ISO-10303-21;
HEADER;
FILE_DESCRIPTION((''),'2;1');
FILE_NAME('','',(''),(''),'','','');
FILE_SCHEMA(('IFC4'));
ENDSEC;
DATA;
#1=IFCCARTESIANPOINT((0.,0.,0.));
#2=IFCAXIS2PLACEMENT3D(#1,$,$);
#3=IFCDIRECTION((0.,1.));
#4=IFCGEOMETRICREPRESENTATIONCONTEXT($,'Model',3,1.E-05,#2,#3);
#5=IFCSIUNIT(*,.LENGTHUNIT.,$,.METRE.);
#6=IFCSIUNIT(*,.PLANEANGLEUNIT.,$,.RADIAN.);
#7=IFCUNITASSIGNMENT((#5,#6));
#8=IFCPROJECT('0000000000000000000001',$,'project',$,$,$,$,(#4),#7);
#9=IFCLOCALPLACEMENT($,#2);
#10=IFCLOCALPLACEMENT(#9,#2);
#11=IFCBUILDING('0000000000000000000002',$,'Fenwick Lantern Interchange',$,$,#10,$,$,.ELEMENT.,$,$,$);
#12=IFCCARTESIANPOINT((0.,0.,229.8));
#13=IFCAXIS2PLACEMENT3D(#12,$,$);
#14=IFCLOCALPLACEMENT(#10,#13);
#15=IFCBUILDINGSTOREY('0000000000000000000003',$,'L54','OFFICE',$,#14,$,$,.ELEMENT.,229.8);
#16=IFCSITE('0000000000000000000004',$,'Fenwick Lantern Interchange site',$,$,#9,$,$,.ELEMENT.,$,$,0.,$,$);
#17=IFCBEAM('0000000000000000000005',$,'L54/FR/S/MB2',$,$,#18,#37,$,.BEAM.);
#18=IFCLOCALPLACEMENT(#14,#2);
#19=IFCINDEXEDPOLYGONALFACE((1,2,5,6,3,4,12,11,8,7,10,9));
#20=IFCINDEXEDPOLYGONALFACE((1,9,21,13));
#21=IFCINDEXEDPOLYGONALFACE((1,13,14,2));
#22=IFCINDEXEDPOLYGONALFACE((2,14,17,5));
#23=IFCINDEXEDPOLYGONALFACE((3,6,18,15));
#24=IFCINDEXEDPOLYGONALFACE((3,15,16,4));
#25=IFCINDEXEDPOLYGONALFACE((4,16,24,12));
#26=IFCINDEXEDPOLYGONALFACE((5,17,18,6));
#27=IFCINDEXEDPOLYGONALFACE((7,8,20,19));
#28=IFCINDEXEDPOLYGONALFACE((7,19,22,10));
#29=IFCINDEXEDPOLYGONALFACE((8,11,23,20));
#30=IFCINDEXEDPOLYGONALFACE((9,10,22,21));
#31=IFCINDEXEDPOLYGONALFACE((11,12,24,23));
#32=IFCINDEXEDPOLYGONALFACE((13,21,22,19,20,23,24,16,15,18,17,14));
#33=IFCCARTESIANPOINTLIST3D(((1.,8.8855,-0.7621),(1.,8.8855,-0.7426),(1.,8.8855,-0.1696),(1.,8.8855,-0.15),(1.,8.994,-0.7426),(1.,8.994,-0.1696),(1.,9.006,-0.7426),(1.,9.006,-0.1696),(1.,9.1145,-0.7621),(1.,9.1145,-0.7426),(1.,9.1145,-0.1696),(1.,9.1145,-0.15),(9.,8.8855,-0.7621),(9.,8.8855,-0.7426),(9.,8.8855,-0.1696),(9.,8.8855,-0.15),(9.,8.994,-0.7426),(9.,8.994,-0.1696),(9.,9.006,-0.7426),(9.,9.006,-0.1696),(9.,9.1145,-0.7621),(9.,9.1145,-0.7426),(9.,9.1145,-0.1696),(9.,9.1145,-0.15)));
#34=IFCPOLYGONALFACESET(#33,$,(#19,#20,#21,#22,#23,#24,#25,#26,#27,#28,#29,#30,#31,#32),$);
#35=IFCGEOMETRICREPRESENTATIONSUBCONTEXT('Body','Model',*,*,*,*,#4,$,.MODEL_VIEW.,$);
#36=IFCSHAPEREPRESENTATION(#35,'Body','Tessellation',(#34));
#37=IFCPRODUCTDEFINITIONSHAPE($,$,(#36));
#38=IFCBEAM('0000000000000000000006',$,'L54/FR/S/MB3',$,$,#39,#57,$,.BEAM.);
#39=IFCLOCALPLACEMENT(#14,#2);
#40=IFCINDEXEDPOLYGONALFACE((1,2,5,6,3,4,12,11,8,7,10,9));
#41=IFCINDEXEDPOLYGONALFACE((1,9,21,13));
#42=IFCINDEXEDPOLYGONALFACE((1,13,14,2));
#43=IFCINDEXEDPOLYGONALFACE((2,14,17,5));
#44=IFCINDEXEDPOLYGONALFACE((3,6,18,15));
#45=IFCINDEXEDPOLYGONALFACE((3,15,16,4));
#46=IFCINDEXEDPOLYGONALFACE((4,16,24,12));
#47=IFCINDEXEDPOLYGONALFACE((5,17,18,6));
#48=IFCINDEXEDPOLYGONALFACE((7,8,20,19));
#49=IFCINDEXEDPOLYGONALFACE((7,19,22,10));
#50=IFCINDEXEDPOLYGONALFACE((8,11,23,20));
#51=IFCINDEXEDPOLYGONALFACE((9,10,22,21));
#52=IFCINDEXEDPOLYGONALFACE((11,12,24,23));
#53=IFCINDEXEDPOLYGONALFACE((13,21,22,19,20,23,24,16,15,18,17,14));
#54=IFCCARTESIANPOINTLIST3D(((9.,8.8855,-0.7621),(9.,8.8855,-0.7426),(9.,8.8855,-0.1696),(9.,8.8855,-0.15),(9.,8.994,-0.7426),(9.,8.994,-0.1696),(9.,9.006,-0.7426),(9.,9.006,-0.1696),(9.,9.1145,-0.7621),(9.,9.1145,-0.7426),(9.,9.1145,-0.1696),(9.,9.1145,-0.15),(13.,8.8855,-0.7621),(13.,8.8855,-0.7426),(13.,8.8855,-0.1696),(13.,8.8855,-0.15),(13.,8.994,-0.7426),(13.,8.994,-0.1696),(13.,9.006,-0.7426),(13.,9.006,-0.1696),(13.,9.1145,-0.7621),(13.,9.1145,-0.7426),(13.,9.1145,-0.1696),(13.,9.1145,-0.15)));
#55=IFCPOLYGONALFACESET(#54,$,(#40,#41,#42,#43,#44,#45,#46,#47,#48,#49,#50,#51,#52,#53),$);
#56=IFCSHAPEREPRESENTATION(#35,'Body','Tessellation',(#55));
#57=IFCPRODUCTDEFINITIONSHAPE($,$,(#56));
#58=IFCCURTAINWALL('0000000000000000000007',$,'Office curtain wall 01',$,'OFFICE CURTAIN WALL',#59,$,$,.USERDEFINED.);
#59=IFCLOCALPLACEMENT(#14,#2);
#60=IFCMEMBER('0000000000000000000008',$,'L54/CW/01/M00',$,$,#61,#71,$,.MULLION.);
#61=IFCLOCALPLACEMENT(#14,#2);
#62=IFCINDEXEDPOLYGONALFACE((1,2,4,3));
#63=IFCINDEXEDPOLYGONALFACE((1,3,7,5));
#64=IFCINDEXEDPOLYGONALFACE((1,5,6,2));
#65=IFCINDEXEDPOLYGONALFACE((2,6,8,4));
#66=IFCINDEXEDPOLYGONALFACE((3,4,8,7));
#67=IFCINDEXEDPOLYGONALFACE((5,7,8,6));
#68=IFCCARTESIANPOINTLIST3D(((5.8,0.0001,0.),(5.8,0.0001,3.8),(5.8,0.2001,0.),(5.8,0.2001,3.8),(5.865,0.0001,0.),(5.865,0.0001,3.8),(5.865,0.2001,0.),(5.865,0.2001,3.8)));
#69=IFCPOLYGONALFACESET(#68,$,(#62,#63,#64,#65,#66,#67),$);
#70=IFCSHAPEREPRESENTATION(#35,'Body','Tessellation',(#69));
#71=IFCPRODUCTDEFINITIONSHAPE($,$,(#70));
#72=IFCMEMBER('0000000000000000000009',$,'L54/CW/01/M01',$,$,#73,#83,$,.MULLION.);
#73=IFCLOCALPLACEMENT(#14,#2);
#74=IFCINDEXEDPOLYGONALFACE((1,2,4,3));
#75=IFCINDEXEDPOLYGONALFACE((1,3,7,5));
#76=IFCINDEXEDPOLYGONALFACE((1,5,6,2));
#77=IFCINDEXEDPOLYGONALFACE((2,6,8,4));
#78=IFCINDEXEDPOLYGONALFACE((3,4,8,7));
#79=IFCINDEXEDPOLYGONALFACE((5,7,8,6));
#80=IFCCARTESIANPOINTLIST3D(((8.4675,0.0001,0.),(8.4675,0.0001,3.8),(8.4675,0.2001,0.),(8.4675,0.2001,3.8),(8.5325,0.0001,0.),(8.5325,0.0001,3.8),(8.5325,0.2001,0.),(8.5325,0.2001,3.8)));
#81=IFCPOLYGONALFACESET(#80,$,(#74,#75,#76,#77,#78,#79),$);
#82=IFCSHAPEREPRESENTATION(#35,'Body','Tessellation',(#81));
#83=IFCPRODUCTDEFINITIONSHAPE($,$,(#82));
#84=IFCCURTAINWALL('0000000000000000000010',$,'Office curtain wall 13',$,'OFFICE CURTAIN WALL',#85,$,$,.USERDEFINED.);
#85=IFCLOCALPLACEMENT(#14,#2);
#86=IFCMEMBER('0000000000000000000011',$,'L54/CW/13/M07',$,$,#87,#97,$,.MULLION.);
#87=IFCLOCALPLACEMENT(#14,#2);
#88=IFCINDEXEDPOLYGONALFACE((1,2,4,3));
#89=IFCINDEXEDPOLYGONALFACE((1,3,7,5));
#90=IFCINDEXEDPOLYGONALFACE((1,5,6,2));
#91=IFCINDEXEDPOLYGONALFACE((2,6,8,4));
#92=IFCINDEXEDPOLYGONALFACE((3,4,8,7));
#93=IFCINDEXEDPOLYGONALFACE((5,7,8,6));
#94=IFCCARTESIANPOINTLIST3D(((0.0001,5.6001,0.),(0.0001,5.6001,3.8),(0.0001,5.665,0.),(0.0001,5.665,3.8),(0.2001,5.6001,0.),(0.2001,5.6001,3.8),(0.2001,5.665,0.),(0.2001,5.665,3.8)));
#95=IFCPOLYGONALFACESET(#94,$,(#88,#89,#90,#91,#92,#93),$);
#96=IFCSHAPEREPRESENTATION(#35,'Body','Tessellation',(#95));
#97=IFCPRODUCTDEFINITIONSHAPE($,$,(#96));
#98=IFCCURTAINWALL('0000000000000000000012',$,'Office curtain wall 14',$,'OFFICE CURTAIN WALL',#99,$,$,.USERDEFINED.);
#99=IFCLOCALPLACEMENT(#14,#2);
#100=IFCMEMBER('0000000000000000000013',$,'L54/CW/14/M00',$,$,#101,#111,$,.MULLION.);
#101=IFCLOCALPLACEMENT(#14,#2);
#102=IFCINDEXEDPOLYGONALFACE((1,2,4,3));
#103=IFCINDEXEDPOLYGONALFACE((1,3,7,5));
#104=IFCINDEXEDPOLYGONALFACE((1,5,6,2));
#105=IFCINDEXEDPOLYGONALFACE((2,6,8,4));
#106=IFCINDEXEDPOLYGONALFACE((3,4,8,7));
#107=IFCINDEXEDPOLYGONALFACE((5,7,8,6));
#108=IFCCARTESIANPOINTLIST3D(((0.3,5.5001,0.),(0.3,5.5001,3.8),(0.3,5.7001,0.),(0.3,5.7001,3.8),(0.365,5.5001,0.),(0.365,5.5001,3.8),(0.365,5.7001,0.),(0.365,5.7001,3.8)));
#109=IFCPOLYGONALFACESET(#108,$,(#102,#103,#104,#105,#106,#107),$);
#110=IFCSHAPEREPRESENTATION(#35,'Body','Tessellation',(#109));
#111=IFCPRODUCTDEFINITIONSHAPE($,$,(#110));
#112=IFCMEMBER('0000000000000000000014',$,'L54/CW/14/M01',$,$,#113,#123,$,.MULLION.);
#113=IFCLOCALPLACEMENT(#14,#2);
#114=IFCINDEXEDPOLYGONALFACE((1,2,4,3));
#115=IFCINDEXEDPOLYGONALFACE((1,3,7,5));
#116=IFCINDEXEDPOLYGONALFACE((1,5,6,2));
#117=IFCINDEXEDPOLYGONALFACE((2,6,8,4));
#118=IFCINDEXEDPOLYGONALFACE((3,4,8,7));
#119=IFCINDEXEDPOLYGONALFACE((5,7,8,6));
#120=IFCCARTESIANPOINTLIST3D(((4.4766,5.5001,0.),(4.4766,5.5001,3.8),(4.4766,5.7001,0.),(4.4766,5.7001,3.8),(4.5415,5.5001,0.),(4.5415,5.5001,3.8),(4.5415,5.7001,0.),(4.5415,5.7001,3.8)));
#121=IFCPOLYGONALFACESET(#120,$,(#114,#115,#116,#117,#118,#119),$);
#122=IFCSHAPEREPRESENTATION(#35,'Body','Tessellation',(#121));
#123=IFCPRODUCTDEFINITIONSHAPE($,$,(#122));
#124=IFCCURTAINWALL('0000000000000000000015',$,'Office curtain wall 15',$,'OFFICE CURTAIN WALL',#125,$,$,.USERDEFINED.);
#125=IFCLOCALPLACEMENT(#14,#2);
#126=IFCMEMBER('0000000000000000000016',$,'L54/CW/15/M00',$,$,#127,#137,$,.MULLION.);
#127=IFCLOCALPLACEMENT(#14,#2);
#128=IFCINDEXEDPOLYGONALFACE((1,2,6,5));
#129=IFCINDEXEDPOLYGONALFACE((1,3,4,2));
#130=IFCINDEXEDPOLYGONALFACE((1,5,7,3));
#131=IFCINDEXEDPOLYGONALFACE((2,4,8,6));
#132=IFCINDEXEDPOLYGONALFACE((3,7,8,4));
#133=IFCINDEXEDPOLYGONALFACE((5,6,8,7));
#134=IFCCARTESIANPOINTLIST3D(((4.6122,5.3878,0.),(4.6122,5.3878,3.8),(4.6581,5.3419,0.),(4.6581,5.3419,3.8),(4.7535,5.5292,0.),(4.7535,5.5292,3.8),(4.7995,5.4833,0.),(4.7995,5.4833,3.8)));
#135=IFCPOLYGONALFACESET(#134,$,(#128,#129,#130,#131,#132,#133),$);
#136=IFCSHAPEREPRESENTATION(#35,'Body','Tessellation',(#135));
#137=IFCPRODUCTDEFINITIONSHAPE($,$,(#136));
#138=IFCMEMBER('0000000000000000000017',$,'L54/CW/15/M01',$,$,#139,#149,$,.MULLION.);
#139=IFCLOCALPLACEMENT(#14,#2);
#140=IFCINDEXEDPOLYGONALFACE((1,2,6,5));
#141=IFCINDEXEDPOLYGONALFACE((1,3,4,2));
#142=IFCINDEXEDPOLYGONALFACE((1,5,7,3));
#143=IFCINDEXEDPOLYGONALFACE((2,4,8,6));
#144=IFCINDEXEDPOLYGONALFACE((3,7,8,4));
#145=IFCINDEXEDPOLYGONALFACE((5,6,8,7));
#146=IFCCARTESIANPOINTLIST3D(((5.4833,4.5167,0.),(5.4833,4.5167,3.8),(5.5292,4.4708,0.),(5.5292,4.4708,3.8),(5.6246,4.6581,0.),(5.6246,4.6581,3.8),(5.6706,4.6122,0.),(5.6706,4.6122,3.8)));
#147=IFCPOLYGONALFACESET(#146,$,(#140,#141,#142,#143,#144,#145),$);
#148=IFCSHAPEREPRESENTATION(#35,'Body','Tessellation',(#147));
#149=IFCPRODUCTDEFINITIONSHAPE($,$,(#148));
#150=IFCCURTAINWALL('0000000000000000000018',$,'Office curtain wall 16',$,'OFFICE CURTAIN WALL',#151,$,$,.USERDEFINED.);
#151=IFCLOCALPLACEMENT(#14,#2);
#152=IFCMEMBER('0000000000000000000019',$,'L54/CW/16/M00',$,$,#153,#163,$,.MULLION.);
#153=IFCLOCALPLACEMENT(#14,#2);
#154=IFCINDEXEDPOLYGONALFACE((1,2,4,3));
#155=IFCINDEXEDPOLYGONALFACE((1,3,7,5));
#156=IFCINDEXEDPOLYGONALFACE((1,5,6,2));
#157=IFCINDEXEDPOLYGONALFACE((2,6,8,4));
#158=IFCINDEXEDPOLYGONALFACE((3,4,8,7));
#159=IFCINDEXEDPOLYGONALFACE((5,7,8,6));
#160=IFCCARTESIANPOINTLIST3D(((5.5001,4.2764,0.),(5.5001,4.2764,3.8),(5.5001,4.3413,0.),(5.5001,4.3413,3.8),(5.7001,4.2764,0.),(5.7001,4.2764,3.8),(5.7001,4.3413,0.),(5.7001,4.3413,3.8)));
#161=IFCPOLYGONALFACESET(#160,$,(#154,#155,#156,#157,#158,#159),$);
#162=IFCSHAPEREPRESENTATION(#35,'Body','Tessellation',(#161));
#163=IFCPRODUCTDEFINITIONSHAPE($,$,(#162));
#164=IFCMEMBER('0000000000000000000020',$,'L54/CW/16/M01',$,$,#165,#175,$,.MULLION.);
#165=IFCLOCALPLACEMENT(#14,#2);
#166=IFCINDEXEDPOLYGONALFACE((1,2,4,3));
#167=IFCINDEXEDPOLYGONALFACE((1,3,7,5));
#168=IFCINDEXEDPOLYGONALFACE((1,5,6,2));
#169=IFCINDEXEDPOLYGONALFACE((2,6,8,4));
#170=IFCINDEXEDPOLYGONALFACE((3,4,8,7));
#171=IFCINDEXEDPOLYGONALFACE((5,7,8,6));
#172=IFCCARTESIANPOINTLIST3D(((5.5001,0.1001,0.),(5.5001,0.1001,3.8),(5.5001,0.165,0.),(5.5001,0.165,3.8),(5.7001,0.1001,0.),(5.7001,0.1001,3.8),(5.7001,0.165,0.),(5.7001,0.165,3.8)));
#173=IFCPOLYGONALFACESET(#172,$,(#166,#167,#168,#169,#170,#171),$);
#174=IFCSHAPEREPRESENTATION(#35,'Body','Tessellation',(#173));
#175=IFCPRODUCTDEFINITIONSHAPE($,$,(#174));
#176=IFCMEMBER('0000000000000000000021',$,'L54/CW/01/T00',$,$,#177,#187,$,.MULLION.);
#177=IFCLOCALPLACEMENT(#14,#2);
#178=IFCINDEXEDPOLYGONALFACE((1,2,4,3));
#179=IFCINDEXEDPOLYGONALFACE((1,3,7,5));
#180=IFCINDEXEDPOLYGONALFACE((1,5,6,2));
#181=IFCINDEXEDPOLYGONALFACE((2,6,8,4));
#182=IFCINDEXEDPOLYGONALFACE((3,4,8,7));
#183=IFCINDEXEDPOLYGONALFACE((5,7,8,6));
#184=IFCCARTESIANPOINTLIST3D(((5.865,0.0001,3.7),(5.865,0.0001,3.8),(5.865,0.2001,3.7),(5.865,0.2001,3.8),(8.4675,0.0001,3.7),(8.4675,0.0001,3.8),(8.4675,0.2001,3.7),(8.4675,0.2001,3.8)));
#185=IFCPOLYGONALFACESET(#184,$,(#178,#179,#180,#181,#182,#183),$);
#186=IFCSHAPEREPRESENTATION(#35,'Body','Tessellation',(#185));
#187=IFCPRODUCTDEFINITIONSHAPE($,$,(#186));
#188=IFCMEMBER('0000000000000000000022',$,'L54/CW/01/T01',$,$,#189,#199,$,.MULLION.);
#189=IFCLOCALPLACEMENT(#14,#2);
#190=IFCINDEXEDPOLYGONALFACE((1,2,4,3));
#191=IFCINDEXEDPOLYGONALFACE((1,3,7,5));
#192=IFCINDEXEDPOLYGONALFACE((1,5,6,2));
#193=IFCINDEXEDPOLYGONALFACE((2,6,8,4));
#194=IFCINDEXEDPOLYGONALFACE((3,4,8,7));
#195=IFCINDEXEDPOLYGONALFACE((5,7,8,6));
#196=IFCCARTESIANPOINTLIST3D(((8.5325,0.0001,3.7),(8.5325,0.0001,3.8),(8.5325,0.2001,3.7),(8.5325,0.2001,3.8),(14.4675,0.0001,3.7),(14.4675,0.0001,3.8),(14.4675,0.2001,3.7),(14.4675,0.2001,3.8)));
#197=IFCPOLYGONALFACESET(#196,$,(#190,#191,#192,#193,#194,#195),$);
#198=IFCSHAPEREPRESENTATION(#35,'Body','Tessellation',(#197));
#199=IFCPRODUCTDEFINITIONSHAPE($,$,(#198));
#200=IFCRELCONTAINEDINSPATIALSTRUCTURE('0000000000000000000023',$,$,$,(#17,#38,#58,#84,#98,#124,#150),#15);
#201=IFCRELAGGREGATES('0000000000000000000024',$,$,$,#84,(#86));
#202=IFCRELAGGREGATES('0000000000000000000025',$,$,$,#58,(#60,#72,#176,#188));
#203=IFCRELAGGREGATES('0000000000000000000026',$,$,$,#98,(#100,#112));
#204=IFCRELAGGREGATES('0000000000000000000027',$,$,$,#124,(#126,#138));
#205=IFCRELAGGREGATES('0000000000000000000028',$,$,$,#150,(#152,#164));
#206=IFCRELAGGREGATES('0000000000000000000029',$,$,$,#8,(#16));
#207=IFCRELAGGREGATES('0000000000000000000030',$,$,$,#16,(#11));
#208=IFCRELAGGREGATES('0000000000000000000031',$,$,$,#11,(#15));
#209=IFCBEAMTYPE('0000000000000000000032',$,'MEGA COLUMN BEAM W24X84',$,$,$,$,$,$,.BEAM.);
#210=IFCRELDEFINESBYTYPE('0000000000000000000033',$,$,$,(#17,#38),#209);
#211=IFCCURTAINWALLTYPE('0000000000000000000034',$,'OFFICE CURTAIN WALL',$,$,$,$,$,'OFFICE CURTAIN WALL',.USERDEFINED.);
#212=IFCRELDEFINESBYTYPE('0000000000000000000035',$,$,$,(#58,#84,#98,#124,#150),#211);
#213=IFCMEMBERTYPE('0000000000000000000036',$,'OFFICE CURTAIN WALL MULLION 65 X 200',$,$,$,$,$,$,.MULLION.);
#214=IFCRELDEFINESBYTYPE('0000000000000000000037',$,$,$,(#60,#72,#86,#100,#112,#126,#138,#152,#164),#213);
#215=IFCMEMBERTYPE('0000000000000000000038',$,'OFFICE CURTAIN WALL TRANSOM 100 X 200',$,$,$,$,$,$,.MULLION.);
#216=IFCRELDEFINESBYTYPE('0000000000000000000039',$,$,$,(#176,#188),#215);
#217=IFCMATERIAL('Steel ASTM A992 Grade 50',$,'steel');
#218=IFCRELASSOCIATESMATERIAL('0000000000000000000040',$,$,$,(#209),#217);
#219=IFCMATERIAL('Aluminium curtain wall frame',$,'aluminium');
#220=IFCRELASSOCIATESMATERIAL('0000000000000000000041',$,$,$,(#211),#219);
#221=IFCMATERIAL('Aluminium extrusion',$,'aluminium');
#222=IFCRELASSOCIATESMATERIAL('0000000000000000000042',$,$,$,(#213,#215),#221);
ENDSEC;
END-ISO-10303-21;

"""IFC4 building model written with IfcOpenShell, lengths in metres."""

from ifc_helpers import new_model, si_unit, direction, frame, origin, origin_2d, place, context, subcontext, project, spatial, rectangle, i_section, extrude, material, material_profile, profile_set, type_object, element, aggregate, save


model = new_model("IFC4")

# Units and contexts
model_context = context("Model", 3, precision=1e-05, world=origin(), true_north=direction((0.0, 1.0)))
body_context = subcontext(model_context, "Body", "Model", "MODEL_VIEW")
ifc_project = project(units=[si_unit("LENGTHUNIT", "METRE"), si_unit("PLANEANGLEUNIT", "RADIAN")], contexts=[model_context])

# Site, building, storey
site_placement = place(None, origin())
site = spatial("IfcSite", under=ifc_project, at=site_placement, Name="Fenwick Lantern Interchange site", CompositionType="ELEMENT", RefElevation=0.0)
building_placement = place(site_placement, origin())
building = spatial("IfcBuilding", under=site, at=building_placement, Name="Fenwick Lantern Interchange", CompositionType="ELEMENT")
storey_placement = place(building_placement, frame((0.0, 0.0, 229.8)))
storey = spatial("IfcBuildingStorey", under=building, at=storey_placement, Name="L54", Description="OFFICE", CompositionType="ELEMENT", Elevation=229.8)

# Shared definitions
ifc_material_1 = material(Name="Steel ASTM A992 Grade 50", Category="steel")

# Beams
ifc_material_profile_1 = material_profile(ifc_material_1, i_section(OverallWidth=0.229, OverallDepth=0.6121, WebThickness=0.012, FlangeThickness=0.0195, at=origin_2d()), Name="W24X84")
ifc_profile_set_1 = profile_set([ifc_material_profile_1], Name="Steel ASTM A992 Grade 50")
beam_type_1 = type_object("IfcBeamType", Name="MEGA COLUMN BEAM W24X84", PredefinedType="BEAM", material=ifc_profile_set_1)
for number, where, z_axis, x_axis, name in (
    (1, (9.0, 9.0, -0.4561), (-1.0, 0.0, 0.0), (0.0, -1.0, 0.0), "L54/FR/S/MB2"),
):
    element("IfcBeam", number, at=place(storey_placement, frame(where, z_axis=z_axis, x_axis=x_axis)), inside=storey, type_object=beam_type_1, Name=name, PredefinedType="BEAM", context=body_context, shape_type="SweptSolid", body=[
        extrude(i_section(OverallWidth=0.229, OverallDepth=0.6121, WebThickness=0.012, FlangeThickness=0.0195, at=origin_2d()), origin(), (0.0, 0.0, 1.0), 8.0),
    ])
beam_1_placement = place(storey_placement, frame((9.0, 9.0, -0.4561), z_axis=(1.0, 0.0, 0.0), x_axis=(0.0, 1.0, 0.0)))
element("IfcBeam", 2, at=beam_1_placement, inside=storey, type_object=beam_type_1, Name="L54/FR/S/MB3", PredefinedType="BEAM", context=body_context, shape_type="SweptSolid", body=[
    extrude(i_section(OverallWidth=0.229, OverallDepth=0.6121, WebThickness=0.012, FlangeThickness=0.0195, at=origin_2d()), origin(), (0.0, 0.0, 1.0), 4.0),
])

# Curtain wall, members
ifc_material_2 = material(Name="Aluminium curtain wall frame", Category="aluminium")
curtain_wall_type = type_object("IfcCurtainWallType", Name="OFFICE CURTAIN WALL", ElementType="OFFICE CURTAIN WALL", PredefinedType="USERDEFINED", material=ifc_material_2)
curtain_wall_1_placement = place(storey_placement, origin())
curtain_wall_1 = element("IfcCurtainWall", 3, at=curtain_wall_1_placement, inside=storey, type_object=curtain_wall_type, Name="Office curtain wall 01", ObjectType="OFFICE CURTAIN WALL", PredefinedType="USERDEFINED")
ifc_material_3 = material(Name="Aluminium extrusion", Category="aluminium")
ifc_material_profile_2 = material_profile(ifc_material_3, rectangle(XDim=0.2, YDim=0.0649, at=origin_2d()), Name="OFFICE CURTAIN WALL MULLION 65 X 200")
ifc_profile_set_2 = profile_set([ifc_material_profile_2], Name="Aluminium extrusion")
member_type_1 = type_object("IfcMemberType", Name="OFFICE CURTAIN WALL MULLION 65 X 200", PredefinedType="MULLION", material=ifc_profile_set_2)
member_1_placement = place(storey_placement, frame((5.8325, 0.1001, 0.0), z_axis=(0.0, 0.0, 1.0), x_axis=(0.0, 1.0, 0.0)))
member_1 = element("IfcMember", 4, at=member_1_placement, type_object=member_type_1, Name="L54/CW/01/M00", PredefinedType="MULLION", context=body_context, shape_type="SweptSolid", body=[
    extrude(rectangle(XDim=0.2, YDim=0.0649, at=origin_2d()), origin(), (0.0, 0.0, 1.0), 3.8),
])
member_2_placement = place(storey_placement, frame((8.5, 0.1001, 0.0), z_axis=(0.0, 0.0, 1.0), x_axis=(0.0, 1.0, 0.0)))
member_2 = element("IfcMember", 5, at=member_2_placement, type_object=member_type_1, Name="L54/CW/01/M01", PredefinedType="MULLION", context=body_context, shape_type="SweptSolid", body=[
    extrude(rectangle(XDim=0.2, YDim=0.0649, at=origin_2d()), origin(), (0.0, 0.0, 1.0), 3.8),
])

# Curtain wall, member
curtain_wall_2_placement = place(storey_placement, origin())
curtain_wall_2 = element("IfcCurtainWall", 6, at=curtain_wall_2_placement, inside=storey, type_object=curtain_wall_type, Name="Office curtain wall 13", ObjectType="OFFICE CURTAIN WALL", PredefinedType="USERDEFINED")
member_3_placement = place(storey_placement, frame((0.1001, 5.6326, 0.0), z_axis=(0.0, 0.0, 1.0), x_axis=(1.0, 0.0, 0.0)))
member_3 = element("IfcMember", 7, at=member_3_placement, type_object=member_type_1, Name="L54/CW/13/M07", PredefinedType="MULLION", context=body_context, shape_type="SweptSolid", body=[
    extrude(rectangle(XDim=0.2, YDim=0.0649, at=origin_2d()), origin(), (0.0, 0.0, 1.0), 3.8),
])
aggregate(curtain_wall_2, [member_3])

# Curtain walls, members
curtain_wall_3_placement = place(storey_placement, origin())
curtain_wall_3 = element("IfcCurtainWall", 8, at=curtain_wall_3_placement, inside=storey, type_object=curtain_wall_type, Name="Office curtain wall 14", ObjectType="OFFICE CURTAIN WALL", PredefinedType="USERDEFINED")
member_4_placement = place(storey_placement, frame((0.3325, 5.6001, 0.0), z_axis=(0.0, 0.0, 1.0), x_axis=(0.0, 1.0, 0.0)))
member_4 = element("IfcMember", 9, at=member_4_placement, type_object=member_type_1, Name="L54/CW/14/M00", PredefinedType="MULLION", context=body_context, shape_type="SweptSolid", body=[
    extrude(rectangle(XDim=0.2, YDim=0.0649, at=origin_2d()), origin(), (0.0, 0.0, 1.0), 3.8),
])
member_5_placement = place(storey_placement, frame((4.509, 5.6001, 0.0), z_axis=(0.0, 0.0, 1.0), x_axis=(0.0, 1.0, 0.0)))
member_5 = element("IfcMember", 10, at=member_5_placement, type_object=member_type_1, Name="L54/CW/14/M01", PredefinedType="MULLION", context=body_context, shape_type="SweptSolid", body=[
    extrude(rectangle(XDim=0.2, YDim=0.0649, at=origin_2d()), origin(), (0.0, 0.0, 1.0), 3.8),
])
curtain_wall_4_placement = place(storey_placement, origin())
curtain_wall_4 = element("IfcCurtainWall", 11, at=curtain_wall_4_placement, inside=storey, type_object=curtain_wall_type, Name="Office curtain wall 15", ObjectType="OFFICE CURTAIN WALL", PredefinedType="USERDEFINED")
member_6_placement = place(storey_placement, frame((4.7058, 5.4355, 0.0), z_axis=(0.0, 0.0, 1.0), x_axis=(0.707107, 0.707107, 0.0)))
member_6 = element("IfcMember", 12, at=member_6_placement, type_object=member_type_1, Name="L54/CW/15/M00", PredefinedType="MULLION", context=body_context, shape_type="SweptSolid", body=[
    extrude(rectangle(XDim=0.2, YDim=0.0649, at=origin_2d()), origin(), (0.0, 0.0, 1.0), 3.8),
])
member_7_placement = place(storey_placement, frame((5.5769, 4.5645, 0.0), z_axis=(0.0, 0.0, 1.0), x_axis=(0.707107, 0.707107, 0.0)))
member_7 = element("IfcMember", 13, at=member_7_placement, type_object=member_type_1, Name="L54/CW/15/M01", PredefinedType="MULLION", context=body_context, shape_type="SweptSolid", body=[
    extrude(rectangle(XDim=0.2, YDim=0.0649, at=origin_2d()), origin(), (0.0, 0.0, 1.0), 3.8),
])
curtain_wall_5_placement = place(storey_placement, origin())
curtain_wall_5 = element("IfcCurtainWall", 14, at=curtain_wall_5_placement, inside=storey, type_object=curtain_wall_type, Name="Office curtain wall 16", ObjectType="OFFICE CURTAIN WALL", PredefinedType="USERDEFINED")
member_8_placement = place(storey_placement, frame((5.6001, 4.3088, 0.0), z_axis=(0.0, 0.0, 1.0), x_axis=(1.0, 0.0, 0.0)))
member_8 = element("IfcMember", 15, at=member_8_placement, type_object=member_type_1, Name="L54/CW/16/M00", PredefinedType="MULLION", context=body_context, shape_type="SweptSolid", body=[
    extrude(rectangle(XDim=0.2, YDim=0.0649, at=origin_2d()), origin(), (0.0, 0.0, 1.0), 3.8),
])
member_9_placement = place(storey_placement, frame((5.6001, 0.1326, 0.0), z_axis=(0.0, 0.0, 1.0), x_axis=(1.0, 0.0, 0.0)))
member_9 = element("IfcMember", 16, at=member_9_placement, type_object=member_type_1, Name="L54/CW/16/M01", PredefinedType="MULLION", context=body_context, shape_type="SweptSolid", body=[
    extrude(rectangle(XDim=0.2, YDim=0.0649, at=origin_2d()), origin(), (0.0, 0.0, 1.0), 3.8),
])

# Members
ifc_material_profile_3 = material_profile(ifc_material_3, rectangle(XDim=0.2, YDim=0.1001, at=origin_2d()), Name="OFFICE CURTAIN WALL TRANSOM 100 X 200")
ifc_profile_set_3 = profile_set([ifc_material_profile_3], Name="Aluminium extrusion")
member_type_2 = type_object("IfcMemberType", Name="OFFICE CURTAIN WALL TRANSOM 100 X 200", PredefinedType="MULLION", material=ifc_profile_set_3)
member_10_placement = place(storey_placement, frame((5.865, 0.1001, 3.75), z_axis=(1.0, 0.0, 0.0), x_axis=(0.0, 1.0, 0.0)))
member_10 = element("IfcMember", 17, at=member_10_placement, type_object=member_type_2, Name="L54/CW/01/T00", PredefinedType="MULLION", context=body_context, shape_type="SweptSolid", body=[
    extrude(rectangle(XDim=0.2, YDim=0.1001, at=origin_2d()), origin(), (0.0, 0.0, 1.0), 2.6025),
])
member_11_placement = place(storey_placement, frame((8.5325, 0.1001, 3.75), z_axis=(1.0, 0.0, 0.0), x_axis=(0.0, 1.0, 0.0)))
member_11 = element("IfcMember", 18, at=member_11_placement, type_object=member_type_2, Name="L54/CW/01/T01", PredefinedType="MULLION", context=body_context, shape_type="SweptSolid", body=[
    extrude(rectangle(XDim=0.2, YDim=0.1001, at=origin_2d()), origin(), (0.0, 0.0, 1.0), 5.9351),
])

aggregate(curtain_wall_1, [member_1, member_2, member_10, member_11])
aggregate(curtain_wall_3, [member_4, member_5])
aggregate(curtain_wall_4, [member_6, member_7])
aggregate(curtain_wall_5, [member_8, member_9])

save(model, "model.ifc")
